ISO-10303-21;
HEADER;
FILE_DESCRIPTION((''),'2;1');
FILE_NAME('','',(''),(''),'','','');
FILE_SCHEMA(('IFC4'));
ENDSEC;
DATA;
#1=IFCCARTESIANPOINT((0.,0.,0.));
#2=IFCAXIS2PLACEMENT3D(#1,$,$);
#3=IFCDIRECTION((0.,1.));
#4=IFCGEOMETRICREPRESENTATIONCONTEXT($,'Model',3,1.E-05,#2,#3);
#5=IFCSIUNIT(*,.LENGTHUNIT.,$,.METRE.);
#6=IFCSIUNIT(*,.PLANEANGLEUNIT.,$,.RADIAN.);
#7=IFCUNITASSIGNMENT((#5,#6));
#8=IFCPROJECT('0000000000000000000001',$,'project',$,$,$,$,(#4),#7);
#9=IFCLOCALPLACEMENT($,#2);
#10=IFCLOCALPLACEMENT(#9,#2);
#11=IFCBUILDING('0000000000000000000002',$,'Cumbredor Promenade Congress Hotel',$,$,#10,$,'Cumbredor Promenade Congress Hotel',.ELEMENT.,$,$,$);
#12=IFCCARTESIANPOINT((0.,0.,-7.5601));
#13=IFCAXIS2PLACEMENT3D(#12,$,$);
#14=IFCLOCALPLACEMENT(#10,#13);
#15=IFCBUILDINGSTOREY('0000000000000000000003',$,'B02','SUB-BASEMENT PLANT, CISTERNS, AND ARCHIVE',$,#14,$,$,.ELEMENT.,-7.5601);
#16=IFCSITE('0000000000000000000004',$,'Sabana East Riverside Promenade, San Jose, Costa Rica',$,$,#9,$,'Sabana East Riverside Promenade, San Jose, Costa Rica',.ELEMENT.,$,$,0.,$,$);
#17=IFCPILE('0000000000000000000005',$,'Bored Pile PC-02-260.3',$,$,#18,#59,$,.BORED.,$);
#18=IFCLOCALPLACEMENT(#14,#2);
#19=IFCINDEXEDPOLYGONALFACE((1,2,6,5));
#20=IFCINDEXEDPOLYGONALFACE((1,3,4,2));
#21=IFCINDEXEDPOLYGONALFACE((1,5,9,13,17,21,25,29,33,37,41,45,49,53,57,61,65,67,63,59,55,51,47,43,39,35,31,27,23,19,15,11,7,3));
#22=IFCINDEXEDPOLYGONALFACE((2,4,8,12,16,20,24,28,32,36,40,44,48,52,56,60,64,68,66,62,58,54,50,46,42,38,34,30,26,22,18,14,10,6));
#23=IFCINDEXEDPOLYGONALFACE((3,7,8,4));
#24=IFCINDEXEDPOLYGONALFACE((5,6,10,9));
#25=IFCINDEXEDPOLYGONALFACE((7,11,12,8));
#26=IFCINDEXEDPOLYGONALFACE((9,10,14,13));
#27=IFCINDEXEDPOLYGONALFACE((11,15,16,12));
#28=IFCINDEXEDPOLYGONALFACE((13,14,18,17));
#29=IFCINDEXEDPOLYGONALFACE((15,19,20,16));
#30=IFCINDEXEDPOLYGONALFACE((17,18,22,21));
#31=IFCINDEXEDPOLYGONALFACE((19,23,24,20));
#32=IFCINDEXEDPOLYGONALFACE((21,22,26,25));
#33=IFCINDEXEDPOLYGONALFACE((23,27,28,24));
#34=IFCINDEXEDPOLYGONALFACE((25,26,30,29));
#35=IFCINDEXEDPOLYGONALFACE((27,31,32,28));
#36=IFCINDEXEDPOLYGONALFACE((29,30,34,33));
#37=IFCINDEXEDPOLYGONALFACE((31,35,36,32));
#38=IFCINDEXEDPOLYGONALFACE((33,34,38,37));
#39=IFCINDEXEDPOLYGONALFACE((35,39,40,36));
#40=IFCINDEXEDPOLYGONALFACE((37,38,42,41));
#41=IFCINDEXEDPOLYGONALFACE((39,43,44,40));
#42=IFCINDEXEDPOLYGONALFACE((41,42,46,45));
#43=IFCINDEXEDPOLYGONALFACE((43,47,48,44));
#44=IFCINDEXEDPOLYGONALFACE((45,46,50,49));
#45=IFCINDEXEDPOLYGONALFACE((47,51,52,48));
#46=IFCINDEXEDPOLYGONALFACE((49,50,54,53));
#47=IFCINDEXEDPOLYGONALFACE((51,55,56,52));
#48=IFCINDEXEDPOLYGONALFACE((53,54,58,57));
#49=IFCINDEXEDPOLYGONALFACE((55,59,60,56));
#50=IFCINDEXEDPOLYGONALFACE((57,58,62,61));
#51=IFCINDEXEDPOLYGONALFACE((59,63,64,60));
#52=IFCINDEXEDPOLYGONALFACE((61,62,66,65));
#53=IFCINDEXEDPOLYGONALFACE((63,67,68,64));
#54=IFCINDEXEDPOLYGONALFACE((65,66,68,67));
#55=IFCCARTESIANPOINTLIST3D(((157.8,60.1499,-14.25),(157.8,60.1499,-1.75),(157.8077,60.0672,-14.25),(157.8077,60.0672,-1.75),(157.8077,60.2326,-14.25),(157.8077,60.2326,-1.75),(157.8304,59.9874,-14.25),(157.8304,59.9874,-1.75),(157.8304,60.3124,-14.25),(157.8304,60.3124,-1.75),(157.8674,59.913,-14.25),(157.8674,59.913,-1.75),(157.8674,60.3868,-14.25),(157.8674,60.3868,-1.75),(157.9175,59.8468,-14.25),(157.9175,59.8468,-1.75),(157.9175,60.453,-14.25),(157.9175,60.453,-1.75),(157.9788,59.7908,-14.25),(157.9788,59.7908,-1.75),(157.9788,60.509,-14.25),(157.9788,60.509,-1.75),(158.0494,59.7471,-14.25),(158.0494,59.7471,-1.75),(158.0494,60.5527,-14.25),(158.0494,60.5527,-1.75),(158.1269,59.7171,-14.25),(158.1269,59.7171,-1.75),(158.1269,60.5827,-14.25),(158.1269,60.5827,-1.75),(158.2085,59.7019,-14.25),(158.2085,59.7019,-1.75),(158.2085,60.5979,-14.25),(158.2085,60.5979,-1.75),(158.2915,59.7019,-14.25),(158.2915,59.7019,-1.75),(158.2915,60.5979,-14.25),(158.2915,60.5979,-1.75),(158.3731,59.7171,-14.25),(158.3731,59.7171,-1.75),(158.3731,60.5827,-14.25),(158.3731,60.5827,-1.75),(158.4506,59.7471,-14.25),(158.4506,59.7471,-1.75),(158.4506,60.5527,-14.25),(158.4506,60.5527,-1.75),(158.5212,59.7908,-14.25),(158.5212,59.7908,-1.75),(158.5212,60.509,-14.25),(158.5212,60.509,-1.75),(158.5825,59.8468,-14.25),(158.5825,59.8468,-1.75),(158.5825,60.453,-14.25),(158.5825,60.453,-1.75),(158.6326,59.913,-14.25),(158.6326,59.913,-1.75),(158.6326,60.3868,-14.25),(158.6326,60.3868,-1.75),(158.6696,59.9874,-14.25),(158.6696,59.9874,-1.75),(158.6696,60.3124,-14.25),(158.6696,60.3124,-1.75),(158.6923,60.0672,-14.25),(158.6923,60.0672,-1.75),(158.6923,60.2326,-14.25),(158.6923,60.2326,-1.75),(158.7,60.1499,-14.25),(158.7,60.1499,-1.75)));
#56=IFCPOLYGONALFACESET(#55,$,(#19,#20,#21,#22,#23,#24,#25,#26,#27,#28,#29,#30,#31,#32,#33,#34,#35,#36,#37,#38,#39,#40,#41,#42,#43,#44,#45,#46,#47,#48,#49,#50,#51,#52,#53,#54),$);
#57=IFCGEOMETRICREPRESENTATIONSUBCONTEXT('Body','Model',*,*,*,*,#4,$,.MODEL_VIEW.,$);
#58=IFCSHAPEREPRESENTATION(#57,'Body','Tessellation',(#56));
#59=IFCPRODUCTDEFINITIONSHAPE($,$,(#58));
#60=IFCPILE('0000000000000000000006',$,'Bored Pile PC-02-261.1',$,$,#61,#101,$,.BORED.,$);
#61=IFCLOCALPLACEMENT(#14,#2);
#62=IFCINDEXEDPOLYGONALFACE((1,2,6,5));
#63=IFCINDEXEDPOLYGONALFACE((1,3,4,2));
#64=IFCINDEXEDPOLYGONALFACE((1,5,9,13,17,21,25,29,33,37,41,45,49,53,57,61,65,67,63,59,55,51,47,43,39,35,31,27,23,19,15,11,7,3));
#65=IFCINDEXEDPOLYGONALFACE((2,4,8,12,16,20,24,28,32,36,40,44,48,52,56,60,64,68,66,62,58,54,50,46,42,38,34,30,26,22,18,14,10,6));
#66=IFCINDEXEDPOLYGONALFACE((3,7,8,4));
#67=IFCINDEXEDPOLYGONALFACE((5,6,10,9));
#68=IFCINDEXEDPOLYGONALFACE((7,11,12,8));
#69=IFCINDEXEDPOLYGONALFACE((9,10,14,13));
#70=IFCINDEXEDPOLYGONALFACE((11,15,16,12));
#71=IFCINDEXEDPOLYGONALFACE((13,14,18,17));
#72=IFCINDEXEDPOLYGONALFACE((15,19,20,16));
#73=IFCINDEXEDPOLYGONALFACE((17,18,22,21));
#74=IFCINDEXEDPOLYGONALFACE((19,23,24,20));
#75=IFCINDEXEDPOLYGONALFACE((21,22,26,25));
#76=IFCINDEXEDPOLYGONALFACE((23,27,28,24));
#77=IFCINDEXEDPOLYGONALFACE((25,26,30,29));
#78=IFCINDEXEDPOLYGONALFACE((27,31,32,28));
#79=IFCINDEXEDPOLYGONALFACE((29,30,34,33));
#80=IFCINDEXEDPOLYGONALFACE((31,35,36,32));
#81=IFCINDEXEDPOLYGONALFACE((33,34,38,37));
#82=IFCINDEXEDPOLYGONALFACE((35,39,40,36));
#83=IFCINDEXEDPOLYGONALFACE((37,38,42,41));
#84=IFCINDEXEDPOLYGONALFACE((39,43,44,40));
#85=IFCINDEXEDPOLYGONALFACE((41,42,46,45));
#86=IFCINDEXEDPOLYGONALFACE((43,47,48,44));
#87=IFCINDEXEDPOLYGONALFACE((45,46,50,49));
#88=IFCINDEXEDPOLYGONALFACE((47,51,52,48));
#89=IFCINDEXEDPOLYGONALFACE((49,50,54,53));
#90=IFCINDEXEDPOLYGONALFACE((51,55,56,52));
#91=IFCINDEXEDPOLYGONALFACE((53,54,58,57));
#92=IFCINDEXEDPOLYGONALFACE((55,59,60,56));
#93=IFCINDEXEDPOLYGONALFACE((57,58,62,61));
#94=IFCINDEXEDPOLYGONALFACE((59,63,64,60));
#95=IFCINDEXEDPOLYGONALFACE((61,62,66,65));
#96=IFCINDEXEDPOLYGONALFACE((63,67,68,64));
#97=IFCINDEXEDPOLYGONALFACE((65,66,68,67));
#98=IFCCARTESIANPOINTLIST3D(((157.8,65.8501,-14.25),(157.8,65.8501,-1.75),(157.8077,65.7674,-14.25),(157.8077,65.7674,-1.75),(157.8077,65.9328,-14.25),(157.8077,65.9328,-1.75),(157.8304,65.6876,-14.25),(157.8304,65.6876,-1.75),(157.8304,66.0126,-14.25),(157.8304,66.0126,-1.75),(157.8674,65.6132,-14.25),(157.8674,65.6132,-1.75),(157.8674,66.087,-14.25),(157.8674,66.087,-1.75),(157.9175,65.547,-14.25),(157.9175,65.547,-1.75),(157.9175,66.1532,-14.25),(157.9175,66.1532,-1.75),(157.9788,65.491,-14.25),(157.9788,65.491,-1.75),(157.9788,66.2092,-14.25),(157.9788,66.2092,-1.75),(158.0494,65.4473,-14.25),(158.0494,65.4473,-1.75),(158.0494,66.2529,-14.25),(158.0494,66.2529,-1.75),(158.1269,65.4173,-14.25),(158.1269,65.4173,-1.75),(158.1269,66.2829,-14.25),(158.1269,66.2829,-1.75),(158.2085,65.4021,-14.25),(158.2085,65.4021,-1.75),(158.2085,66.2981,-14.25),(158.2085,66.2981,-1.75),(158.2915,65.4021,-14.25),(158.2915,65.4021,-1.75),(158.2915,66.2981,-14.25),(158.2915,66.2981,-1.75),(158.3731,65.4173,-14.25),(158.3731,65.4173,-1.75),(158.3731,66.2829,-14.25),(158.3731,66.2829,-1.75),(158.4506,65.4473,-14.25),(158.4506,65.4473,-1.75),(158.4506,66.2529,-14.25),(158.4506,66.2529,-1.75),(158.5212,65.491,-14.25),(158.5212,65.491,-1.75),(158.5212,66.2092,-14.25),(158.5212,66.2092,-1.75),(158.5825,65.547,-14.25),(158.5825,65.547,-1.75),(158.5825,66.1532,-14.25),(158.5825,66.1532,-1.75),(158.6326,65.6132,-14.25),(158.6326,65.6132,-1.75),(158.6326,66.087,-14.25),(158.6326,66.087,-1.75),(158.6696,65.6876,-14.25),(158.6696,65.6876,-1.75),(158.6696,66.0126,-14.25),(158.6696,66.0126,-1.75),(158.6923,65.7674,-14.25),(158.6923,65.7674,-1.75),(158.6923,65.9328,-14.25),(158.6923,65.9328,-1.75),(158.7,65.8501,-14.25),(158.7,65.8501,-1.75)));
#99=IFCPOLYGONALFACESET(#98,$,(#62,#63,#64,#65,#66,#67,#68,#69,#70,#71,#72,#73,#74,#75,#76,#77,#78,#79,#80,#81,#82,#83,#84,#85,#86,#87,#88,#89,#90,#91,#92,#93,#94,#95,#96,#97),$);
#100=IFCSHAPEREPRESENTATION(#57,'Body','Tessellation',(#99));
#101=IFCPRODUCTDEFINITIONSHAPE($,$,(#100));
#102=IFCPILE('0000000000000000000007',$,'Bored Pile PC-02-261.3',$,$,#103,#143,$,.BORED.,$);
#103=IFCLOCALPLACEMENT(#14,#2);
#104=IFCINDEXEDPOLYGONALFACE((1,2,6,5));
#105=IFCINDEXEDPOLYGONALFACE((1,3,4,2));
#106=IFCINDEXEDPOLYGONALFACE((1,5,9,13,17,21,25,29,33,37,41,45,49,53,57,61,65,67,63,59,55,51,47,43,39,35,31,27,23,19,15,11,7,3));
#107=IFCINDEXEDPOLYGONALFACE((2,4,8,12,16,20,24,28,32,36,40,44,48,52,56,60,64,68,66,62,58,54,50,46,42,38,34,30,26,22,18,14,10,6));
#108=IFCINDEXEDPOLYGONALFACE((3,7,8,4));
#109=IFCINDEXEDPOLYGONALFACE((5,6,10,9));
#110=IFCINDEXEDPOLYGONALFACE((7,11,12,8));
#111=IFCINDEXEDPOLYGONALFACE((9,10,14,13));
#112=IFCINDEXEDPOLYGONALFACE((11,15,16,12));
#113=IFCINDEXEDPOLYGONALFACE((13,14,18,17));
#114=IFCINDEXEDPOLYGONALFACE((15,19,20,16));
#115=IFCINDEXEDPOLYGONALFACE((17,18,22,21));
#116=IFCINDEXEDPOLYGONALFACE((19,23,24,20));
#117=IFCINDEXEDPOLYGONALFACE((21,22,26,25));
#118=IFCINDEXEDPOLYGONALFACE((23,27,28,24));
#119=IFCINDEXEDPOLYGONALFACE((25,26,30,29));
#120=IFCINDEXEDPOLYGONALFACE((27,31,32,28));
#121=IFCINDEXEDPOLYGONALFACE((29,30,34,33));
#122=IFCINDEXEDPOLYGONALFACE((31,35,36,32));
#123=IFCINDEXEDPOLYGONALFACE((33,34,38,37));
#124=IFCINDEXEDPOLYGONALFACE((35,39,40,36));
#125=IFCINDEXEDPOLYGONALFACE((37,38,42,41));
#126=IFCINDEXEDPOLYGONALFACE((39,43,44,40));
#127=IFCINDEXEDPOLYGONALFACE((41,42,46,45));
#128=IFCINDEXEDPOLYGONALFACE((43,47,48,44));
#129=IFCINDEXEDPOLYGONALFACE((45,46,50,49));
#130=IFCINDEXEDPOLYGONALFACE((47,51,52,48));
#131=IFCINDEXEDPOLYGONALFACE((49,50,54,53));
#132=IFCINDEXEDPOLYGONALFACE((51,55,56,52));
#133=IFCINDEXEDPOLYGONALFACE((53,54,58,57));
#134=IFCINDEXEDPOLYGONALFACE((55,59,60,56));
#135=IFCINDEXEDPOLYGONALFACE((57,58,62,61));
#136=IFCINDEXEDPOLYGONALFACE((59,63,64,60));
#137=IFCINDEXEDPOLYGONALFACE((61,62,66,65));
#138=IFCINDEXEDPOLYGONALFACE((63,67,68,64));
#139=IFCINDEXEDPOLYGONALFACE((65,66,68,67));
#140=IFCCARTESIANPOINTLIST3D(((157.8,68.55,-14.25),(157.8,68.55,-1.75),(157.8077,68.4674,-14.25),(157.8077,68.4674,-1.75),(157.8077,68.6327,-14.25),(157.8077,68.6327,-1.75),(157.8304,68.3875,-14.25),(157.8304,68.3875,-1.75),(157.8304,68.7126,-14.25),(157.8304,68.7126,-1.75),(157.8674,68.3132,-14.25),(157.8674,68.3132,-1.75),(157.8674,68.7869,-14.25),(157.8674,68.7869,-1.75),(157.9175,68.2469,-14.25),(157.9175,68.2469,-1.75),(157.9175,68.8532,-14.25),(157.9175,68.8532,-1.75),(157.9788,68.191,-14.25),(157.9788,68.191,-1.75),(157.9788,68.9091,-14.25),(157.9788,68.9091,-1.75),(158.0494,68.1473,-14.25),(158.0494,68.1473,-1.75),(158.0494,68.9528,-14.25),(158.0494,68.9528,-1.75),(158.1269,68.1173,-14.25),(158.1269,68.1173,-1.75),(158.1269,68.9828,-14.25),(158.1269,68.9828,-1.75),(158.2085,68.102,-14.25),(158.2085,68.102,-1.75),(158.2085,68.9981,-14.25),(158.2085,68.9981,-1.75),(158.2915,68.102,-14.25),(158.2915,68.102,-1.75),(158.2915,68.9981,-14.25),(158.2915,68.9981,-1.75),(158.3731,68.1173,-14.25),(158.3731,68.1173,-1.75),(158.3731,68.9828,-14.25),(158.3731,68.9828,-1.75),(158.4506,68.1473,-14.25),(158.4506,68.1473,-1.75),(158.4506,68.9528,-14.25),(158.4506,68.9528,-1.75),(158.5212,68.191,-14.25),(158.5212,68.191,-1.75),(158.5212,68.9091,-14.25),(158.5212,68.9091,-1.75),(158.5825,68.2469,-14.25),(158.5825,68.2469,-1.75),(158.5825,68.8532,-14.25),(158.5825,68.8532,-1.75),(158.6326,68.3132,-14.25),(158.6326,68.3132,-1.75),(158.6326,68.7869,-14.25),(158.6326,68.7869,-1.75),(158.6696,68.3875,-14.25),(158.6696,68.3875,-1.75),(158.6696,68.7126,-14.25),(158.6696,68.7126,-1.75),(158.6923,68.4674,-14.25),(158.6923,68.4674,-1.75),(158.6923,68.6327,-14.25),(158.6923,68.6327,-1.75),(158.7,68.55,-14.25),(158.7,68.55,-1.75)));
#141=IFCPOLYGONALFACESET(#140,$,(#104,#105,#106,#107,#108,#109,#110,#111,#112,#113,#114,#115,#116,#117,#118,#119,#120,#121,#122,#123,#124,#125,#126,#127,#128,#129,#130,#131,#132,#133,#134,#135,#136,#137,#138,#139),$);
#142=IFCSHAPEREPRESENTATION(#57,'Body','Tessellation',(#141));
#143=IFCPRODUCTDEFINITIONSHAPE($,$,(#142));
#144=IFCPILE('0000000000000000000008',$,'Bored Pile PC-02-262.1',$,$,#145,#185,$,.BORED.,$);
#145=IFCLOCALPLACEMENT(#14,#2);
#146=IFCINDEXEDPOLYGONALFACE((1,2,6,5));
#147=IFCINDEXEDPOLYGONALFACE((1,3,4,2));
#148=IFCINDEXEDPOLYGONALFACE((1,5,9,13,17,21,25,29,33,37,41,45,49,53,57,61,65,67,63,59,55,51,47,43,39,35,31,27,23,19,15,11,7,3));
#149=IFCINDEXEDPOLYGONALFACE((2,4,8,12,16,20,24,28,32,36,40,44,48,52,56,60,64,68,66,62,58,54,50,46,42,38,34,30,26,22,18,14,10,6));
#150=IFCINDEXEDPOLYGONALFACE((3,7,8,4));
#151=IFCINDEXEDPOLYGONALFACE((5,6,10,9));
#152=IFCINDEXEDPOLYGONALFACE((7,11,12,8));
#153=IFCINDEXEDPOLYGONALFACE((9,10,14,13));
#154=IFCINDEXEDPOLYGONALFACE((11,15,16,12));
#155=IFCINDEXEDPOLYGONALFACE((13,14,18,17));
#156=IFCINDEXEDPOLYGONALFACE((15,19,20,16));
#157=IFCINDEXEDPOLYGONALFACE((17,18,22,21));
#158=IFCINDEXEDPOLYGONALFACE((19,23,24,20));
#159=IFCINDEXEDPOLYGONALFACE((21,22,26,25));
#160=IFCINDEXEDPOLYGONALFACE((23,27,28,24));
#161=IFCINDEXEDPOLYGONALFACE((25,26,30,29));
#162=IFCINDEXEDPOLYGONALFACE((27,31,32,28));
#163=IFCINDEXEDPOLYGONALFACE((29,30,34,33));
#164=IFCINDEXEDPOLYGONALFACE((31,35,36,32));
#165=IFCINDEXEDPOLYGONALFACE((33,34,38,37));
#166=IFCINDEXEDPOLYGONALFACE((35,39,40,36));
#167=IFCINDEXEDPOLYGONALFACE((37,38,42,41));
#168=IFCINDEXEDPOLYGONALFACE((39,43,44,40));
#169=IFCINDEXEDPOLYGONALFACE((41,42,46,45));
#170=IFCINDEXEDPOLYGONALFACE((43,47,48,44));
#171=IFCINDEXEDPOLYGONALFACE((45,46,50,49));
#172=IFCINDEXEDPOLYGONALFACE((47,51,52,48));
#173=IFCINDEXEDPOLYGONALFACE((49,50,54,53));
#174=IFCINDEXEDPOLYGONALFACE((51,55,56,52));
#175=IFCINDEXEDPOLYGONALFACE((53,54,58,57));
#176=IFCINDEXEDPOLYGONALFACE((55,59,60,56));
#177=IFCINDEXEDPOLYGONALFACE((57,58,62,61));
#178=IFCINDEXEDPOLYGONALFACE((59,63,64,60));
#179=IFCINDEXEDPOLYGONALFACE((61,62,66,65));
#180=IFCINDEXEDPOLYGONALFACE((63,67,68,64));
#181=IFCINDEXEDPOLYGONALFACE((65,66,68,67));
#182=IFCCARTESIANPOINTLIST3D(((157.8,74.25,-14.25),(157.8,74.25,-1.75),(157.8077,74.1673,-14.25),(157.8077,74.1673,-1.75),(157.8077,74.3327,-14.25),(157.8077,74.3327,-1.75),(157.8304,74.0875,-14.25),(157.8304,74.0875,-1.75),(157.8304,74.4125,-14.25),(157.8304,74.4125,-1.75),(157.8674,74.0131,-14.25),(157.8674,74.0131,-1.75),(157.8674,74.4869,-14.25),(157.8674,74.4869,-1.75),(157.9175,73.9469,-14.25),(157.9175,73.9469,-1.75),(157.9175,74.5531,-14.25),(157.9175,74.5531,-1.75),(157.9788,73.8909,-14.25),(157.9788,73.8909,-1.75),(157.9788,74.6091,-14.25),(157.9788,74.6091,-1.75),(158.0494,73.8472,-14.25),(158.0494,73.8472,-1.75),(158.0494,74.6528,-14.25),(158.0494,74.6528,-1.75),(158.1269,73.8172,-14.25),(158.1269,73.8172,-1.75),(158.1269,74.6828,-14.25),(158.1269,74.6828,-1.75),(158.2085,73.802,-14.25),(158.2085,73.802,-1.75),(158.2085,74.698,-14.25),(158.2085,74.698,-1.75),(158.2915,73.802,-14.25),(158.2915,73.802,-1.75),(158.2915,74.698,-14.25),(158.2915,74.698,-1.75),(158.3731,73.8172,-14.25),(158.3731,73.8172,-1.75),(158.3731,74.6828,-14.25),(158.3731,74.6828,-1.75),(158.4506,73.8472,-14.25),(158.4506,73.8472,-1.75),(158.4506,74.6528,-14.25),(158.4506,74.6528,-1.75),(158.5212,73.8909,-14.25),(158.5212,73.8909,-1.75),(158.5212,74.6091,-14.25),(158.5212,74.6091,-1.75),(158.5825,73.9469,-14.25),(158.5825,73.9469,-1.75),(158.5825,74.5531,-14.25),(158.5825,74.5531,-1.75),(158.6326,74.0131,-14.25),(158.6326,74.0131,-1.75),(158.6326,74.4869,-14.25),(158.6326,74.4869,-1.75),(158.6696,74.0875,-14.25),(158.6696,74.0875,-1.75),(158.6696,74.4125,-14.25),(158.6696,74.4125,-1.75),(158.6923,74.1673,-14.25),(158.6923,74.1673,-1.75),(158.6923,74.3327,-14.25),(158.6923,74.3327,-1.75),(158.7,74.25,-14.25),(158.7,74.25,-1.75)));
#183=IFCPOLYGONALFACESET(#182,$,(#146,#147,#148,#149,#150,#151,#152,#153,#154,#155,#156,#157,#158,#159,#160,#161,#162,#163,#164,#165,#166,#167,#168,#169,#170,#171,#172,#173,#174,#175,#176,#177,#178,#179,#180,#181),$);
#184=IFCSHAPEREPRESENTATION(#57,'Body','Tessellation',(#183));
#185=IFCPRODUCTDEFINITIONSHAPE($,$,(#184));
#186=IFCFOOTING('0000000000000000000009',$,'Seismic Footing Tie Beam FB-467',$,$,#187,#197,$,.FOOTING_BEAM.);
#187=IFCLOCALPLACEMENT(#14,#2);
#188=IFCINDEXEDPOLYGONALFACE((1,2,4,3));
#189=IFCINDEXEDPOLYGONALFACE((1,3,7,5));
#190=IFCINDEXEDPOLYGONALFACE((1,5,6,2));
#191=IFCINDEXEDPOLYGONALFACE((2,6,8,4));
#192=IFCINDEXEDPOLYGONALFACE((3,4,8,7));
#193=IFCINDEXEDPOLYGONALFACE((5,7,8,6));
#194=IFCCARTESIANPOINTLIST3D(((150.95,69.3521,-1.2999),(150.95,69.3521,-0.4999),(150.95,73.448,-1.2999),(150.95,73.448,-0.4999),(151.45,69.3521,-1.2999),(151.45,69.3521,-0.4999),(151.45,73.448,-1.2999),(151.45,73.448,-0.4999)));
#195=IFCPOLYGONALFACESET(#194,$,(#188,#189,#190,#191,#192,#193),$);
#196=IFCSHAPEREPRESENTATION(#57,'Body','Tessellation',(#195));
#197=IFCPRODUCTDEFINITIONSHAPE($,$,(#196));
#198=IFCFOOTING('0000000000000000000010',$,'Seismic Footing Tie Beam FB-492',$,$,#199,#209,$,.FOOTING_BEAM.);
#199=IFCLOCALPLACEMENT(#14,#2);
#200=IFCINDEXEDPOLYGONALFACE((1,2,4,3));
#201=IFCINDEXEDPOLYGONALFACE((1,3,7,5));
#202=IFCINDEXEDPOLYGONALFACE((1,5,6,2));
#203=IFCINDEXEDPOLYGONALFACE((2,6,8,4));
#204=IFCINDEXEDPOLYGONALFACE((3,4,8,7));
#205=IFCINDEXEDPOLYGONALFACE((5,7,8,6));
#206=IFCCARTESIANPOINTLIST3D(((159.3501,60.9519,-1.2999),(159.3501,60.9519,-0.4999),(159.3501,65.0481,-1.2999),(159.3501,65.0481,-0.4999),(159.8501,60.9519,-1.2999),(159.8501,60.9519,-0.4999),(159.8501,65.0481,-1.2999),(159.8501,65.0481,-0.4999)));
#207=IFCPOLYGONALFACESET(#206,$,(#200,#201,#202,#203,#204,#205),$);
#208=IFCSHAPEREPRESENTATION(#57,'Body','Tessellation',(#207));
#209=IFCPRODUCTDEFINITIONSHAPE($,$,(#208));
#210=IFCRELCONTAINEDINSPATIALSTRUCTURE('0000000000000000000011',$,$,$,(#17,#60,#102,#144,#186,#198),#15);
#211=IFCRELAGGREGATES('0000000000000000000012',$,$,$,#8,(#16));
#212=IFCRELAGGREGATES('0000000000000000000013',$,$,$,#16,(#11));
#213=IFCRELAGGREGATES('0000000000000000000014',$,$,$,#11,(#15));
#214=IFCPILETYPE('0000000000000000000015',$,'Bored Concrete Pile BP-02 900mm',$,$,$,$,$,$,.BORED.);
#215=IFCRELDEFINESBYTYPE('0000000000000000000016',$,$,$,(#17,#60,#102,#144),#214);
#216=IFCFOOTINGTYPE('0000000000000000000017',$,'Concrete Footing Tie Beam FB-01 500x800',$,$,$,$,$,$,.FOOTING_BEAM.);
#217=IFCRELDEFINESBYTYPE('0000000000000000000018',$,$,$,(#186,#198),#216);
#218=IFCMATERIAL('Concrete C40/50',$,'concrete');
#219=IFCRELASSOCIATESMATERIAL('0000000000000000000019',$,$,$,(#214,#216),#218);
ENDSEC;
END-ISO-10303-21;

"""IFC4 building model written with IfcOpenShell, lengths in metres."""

from ifc_helpers import new_model, si_unit, direction, frame, origin, origin_2d, place, context, subcontext, project, spatial, rectangle, circle, extrude, material, material_profile, profile_set, type_object, element, save


model = new_model("IFC4")

# Units and contexts
model_context = context("Model", 3, precision=1e-05, world=origin(), true_north=direction((0.0, 1.0)))
body_context = subcontext(model_context, "Body", "Model", "MODEL_VIEW")
ifc_project = project(units=[si_unit("LENGTHUNIT", "METRE"), si_unit("PLANEANGLEUNIT", "RADIAN")], contexts=[model_context])

# Site, building, storey
site_placement = place(None, origin())
site = spatial("IfcSite", under=ifc_project, at=site_placement, Name="Sabana East Riverside Promenade, San Jose, Costa Rica", LongName="Sabana East Riverside Promenade, San Jose, Costa Rica", CompositionType="ELEMENT", RefElevation=0.0)
building_placement = place(site_placement, origin())
building = spatial("IfcBuilding", under=site, at=building_placement, Name="Cumbredor Promenade Congress Hotel", LongName="Cumbredor Promenade Congress Hotel", CompositionType="ELEMENT")
storey_placement = place(building_placement, frame((0.0, 0.0, -7.5601)))
storey = spatial("IfcBuildingStorey", under=building, at=storey_placement, Name="B02", Description="SUB-BASEMENT PLANT, CISTERNS, AND ARCHIVE", CompositionType="ELEMENT", Elevation=-7.5601)

# Piles
ifc_material_1 = material(Name="Concrete C40/50", Category="concrete")
ifc_material_profile_1 = material_profile(ifc_material_1, circle(Radius=0.45, at=origin_2d()), Name="PILE D900")
ifc_profile_set_1 = profile_set([ifc_material_profile_1], Name="Concrete C40/50")
pile_type = type_object("IfcPileType", Name="Bored Concrete Pile BP-02 900mm", PredefinedType="BORED", material=ifc_profile_set_1)
for number, where, z_axis, x_axis, name in (
    (1, (158.25, 60.1499, -1.75), (0.0, 0.0, -1.0), (1.0, 0.0, 0.0), "Bored Pile PC-02-260.3"),
    (2, (158.25, 65.8501, -1.75), (0.0, 0.0, -1.0), (1.0, 0.0, 0.0), "Bored Pile PC-02-261.1"),
    (3, (158.25, 68.55, -1.75), (0.0, 0.0, -1.0), (1.0, 0.0, 0.0), "Bored Pile PC-02-261.3"),
    (4, (158.25, 74.25, -1.75), (0.0, 0.0, -1.0), (1.0, 0.0, 0.0), "Bored Pile PC-02-262.1"),
):
    element("IfcPile", number, at=place(storey_placement, frame(where, z_axis=z_axis, x_axis=x_axis)), inside=storey, type_object=pile_type, Name=name, PredefinedType="BORED", context=body_context, shape_type="SweptSolid", body=[
        extrude(circle(Radius=0.45, at=origin_2d()), origin(), (0.0, 0.0, 1.0), 12.5),
    ])

# Footings
ifc_material_profile_2 = material_profile(ifc_material_1, rectangle(XDim=0.5, YDim=0.8, at=origin_2d()), Name="FB 500x800")
ifc_profile_set_2 = profile_set([ifc_material_profile_2], Name="Concrete C40/50")
footing_type_1 = type_object("IfcFootingType", Name="Concrete Footing Tie Beam FB-01 500x800", PredefinedType="FOOTING_BEAM", material=ifc_profile_set_2)
footing_1_placement = place(storey_placement, frame((151.2, 69.3521, -0.8999), z_axis=(0.0, 1.0, 0.0), x_axis=(-1.0, 0.0, 0.0)))
element("IfcFooting", 5, at=footing_1_placement, inside=storey, type_object=footing_type_1, Name="Seismic Footing Tie Beam FB-467", PredefinedType="FOOTING_BEAM", context=body_context, shape_type="SweptSolid", body=[
    extrude(rectangle(XDim=0.5, YDim=0.8, at=origin_2d()), origin(), (0.0, 0.0, 1.0), 4.0959),
])
footing_2_placement = place(storey_placement, frame((159.6001, 60.9519, -0.8999), z_axis=(0.0, 1.0, 0.0), x_axis=(-1.0, 0.0, 0.0)))
element("IfcFooting", 6, at=footing_2_placement, inside=storey, type_object=footing_type_1, Name="Seismic Footing Tie Beam FB-492", PredefinedType="FOOTING_BEAM", context=body_context, shape_type="SweptSolid", body=[
    extrude(rectangle(XDim=0.5, YDim=0.8, at=origin_2d()), origin(), (0.0, 0.0, 1.0), 4.0962),
])

save(model, "model.ifc")
